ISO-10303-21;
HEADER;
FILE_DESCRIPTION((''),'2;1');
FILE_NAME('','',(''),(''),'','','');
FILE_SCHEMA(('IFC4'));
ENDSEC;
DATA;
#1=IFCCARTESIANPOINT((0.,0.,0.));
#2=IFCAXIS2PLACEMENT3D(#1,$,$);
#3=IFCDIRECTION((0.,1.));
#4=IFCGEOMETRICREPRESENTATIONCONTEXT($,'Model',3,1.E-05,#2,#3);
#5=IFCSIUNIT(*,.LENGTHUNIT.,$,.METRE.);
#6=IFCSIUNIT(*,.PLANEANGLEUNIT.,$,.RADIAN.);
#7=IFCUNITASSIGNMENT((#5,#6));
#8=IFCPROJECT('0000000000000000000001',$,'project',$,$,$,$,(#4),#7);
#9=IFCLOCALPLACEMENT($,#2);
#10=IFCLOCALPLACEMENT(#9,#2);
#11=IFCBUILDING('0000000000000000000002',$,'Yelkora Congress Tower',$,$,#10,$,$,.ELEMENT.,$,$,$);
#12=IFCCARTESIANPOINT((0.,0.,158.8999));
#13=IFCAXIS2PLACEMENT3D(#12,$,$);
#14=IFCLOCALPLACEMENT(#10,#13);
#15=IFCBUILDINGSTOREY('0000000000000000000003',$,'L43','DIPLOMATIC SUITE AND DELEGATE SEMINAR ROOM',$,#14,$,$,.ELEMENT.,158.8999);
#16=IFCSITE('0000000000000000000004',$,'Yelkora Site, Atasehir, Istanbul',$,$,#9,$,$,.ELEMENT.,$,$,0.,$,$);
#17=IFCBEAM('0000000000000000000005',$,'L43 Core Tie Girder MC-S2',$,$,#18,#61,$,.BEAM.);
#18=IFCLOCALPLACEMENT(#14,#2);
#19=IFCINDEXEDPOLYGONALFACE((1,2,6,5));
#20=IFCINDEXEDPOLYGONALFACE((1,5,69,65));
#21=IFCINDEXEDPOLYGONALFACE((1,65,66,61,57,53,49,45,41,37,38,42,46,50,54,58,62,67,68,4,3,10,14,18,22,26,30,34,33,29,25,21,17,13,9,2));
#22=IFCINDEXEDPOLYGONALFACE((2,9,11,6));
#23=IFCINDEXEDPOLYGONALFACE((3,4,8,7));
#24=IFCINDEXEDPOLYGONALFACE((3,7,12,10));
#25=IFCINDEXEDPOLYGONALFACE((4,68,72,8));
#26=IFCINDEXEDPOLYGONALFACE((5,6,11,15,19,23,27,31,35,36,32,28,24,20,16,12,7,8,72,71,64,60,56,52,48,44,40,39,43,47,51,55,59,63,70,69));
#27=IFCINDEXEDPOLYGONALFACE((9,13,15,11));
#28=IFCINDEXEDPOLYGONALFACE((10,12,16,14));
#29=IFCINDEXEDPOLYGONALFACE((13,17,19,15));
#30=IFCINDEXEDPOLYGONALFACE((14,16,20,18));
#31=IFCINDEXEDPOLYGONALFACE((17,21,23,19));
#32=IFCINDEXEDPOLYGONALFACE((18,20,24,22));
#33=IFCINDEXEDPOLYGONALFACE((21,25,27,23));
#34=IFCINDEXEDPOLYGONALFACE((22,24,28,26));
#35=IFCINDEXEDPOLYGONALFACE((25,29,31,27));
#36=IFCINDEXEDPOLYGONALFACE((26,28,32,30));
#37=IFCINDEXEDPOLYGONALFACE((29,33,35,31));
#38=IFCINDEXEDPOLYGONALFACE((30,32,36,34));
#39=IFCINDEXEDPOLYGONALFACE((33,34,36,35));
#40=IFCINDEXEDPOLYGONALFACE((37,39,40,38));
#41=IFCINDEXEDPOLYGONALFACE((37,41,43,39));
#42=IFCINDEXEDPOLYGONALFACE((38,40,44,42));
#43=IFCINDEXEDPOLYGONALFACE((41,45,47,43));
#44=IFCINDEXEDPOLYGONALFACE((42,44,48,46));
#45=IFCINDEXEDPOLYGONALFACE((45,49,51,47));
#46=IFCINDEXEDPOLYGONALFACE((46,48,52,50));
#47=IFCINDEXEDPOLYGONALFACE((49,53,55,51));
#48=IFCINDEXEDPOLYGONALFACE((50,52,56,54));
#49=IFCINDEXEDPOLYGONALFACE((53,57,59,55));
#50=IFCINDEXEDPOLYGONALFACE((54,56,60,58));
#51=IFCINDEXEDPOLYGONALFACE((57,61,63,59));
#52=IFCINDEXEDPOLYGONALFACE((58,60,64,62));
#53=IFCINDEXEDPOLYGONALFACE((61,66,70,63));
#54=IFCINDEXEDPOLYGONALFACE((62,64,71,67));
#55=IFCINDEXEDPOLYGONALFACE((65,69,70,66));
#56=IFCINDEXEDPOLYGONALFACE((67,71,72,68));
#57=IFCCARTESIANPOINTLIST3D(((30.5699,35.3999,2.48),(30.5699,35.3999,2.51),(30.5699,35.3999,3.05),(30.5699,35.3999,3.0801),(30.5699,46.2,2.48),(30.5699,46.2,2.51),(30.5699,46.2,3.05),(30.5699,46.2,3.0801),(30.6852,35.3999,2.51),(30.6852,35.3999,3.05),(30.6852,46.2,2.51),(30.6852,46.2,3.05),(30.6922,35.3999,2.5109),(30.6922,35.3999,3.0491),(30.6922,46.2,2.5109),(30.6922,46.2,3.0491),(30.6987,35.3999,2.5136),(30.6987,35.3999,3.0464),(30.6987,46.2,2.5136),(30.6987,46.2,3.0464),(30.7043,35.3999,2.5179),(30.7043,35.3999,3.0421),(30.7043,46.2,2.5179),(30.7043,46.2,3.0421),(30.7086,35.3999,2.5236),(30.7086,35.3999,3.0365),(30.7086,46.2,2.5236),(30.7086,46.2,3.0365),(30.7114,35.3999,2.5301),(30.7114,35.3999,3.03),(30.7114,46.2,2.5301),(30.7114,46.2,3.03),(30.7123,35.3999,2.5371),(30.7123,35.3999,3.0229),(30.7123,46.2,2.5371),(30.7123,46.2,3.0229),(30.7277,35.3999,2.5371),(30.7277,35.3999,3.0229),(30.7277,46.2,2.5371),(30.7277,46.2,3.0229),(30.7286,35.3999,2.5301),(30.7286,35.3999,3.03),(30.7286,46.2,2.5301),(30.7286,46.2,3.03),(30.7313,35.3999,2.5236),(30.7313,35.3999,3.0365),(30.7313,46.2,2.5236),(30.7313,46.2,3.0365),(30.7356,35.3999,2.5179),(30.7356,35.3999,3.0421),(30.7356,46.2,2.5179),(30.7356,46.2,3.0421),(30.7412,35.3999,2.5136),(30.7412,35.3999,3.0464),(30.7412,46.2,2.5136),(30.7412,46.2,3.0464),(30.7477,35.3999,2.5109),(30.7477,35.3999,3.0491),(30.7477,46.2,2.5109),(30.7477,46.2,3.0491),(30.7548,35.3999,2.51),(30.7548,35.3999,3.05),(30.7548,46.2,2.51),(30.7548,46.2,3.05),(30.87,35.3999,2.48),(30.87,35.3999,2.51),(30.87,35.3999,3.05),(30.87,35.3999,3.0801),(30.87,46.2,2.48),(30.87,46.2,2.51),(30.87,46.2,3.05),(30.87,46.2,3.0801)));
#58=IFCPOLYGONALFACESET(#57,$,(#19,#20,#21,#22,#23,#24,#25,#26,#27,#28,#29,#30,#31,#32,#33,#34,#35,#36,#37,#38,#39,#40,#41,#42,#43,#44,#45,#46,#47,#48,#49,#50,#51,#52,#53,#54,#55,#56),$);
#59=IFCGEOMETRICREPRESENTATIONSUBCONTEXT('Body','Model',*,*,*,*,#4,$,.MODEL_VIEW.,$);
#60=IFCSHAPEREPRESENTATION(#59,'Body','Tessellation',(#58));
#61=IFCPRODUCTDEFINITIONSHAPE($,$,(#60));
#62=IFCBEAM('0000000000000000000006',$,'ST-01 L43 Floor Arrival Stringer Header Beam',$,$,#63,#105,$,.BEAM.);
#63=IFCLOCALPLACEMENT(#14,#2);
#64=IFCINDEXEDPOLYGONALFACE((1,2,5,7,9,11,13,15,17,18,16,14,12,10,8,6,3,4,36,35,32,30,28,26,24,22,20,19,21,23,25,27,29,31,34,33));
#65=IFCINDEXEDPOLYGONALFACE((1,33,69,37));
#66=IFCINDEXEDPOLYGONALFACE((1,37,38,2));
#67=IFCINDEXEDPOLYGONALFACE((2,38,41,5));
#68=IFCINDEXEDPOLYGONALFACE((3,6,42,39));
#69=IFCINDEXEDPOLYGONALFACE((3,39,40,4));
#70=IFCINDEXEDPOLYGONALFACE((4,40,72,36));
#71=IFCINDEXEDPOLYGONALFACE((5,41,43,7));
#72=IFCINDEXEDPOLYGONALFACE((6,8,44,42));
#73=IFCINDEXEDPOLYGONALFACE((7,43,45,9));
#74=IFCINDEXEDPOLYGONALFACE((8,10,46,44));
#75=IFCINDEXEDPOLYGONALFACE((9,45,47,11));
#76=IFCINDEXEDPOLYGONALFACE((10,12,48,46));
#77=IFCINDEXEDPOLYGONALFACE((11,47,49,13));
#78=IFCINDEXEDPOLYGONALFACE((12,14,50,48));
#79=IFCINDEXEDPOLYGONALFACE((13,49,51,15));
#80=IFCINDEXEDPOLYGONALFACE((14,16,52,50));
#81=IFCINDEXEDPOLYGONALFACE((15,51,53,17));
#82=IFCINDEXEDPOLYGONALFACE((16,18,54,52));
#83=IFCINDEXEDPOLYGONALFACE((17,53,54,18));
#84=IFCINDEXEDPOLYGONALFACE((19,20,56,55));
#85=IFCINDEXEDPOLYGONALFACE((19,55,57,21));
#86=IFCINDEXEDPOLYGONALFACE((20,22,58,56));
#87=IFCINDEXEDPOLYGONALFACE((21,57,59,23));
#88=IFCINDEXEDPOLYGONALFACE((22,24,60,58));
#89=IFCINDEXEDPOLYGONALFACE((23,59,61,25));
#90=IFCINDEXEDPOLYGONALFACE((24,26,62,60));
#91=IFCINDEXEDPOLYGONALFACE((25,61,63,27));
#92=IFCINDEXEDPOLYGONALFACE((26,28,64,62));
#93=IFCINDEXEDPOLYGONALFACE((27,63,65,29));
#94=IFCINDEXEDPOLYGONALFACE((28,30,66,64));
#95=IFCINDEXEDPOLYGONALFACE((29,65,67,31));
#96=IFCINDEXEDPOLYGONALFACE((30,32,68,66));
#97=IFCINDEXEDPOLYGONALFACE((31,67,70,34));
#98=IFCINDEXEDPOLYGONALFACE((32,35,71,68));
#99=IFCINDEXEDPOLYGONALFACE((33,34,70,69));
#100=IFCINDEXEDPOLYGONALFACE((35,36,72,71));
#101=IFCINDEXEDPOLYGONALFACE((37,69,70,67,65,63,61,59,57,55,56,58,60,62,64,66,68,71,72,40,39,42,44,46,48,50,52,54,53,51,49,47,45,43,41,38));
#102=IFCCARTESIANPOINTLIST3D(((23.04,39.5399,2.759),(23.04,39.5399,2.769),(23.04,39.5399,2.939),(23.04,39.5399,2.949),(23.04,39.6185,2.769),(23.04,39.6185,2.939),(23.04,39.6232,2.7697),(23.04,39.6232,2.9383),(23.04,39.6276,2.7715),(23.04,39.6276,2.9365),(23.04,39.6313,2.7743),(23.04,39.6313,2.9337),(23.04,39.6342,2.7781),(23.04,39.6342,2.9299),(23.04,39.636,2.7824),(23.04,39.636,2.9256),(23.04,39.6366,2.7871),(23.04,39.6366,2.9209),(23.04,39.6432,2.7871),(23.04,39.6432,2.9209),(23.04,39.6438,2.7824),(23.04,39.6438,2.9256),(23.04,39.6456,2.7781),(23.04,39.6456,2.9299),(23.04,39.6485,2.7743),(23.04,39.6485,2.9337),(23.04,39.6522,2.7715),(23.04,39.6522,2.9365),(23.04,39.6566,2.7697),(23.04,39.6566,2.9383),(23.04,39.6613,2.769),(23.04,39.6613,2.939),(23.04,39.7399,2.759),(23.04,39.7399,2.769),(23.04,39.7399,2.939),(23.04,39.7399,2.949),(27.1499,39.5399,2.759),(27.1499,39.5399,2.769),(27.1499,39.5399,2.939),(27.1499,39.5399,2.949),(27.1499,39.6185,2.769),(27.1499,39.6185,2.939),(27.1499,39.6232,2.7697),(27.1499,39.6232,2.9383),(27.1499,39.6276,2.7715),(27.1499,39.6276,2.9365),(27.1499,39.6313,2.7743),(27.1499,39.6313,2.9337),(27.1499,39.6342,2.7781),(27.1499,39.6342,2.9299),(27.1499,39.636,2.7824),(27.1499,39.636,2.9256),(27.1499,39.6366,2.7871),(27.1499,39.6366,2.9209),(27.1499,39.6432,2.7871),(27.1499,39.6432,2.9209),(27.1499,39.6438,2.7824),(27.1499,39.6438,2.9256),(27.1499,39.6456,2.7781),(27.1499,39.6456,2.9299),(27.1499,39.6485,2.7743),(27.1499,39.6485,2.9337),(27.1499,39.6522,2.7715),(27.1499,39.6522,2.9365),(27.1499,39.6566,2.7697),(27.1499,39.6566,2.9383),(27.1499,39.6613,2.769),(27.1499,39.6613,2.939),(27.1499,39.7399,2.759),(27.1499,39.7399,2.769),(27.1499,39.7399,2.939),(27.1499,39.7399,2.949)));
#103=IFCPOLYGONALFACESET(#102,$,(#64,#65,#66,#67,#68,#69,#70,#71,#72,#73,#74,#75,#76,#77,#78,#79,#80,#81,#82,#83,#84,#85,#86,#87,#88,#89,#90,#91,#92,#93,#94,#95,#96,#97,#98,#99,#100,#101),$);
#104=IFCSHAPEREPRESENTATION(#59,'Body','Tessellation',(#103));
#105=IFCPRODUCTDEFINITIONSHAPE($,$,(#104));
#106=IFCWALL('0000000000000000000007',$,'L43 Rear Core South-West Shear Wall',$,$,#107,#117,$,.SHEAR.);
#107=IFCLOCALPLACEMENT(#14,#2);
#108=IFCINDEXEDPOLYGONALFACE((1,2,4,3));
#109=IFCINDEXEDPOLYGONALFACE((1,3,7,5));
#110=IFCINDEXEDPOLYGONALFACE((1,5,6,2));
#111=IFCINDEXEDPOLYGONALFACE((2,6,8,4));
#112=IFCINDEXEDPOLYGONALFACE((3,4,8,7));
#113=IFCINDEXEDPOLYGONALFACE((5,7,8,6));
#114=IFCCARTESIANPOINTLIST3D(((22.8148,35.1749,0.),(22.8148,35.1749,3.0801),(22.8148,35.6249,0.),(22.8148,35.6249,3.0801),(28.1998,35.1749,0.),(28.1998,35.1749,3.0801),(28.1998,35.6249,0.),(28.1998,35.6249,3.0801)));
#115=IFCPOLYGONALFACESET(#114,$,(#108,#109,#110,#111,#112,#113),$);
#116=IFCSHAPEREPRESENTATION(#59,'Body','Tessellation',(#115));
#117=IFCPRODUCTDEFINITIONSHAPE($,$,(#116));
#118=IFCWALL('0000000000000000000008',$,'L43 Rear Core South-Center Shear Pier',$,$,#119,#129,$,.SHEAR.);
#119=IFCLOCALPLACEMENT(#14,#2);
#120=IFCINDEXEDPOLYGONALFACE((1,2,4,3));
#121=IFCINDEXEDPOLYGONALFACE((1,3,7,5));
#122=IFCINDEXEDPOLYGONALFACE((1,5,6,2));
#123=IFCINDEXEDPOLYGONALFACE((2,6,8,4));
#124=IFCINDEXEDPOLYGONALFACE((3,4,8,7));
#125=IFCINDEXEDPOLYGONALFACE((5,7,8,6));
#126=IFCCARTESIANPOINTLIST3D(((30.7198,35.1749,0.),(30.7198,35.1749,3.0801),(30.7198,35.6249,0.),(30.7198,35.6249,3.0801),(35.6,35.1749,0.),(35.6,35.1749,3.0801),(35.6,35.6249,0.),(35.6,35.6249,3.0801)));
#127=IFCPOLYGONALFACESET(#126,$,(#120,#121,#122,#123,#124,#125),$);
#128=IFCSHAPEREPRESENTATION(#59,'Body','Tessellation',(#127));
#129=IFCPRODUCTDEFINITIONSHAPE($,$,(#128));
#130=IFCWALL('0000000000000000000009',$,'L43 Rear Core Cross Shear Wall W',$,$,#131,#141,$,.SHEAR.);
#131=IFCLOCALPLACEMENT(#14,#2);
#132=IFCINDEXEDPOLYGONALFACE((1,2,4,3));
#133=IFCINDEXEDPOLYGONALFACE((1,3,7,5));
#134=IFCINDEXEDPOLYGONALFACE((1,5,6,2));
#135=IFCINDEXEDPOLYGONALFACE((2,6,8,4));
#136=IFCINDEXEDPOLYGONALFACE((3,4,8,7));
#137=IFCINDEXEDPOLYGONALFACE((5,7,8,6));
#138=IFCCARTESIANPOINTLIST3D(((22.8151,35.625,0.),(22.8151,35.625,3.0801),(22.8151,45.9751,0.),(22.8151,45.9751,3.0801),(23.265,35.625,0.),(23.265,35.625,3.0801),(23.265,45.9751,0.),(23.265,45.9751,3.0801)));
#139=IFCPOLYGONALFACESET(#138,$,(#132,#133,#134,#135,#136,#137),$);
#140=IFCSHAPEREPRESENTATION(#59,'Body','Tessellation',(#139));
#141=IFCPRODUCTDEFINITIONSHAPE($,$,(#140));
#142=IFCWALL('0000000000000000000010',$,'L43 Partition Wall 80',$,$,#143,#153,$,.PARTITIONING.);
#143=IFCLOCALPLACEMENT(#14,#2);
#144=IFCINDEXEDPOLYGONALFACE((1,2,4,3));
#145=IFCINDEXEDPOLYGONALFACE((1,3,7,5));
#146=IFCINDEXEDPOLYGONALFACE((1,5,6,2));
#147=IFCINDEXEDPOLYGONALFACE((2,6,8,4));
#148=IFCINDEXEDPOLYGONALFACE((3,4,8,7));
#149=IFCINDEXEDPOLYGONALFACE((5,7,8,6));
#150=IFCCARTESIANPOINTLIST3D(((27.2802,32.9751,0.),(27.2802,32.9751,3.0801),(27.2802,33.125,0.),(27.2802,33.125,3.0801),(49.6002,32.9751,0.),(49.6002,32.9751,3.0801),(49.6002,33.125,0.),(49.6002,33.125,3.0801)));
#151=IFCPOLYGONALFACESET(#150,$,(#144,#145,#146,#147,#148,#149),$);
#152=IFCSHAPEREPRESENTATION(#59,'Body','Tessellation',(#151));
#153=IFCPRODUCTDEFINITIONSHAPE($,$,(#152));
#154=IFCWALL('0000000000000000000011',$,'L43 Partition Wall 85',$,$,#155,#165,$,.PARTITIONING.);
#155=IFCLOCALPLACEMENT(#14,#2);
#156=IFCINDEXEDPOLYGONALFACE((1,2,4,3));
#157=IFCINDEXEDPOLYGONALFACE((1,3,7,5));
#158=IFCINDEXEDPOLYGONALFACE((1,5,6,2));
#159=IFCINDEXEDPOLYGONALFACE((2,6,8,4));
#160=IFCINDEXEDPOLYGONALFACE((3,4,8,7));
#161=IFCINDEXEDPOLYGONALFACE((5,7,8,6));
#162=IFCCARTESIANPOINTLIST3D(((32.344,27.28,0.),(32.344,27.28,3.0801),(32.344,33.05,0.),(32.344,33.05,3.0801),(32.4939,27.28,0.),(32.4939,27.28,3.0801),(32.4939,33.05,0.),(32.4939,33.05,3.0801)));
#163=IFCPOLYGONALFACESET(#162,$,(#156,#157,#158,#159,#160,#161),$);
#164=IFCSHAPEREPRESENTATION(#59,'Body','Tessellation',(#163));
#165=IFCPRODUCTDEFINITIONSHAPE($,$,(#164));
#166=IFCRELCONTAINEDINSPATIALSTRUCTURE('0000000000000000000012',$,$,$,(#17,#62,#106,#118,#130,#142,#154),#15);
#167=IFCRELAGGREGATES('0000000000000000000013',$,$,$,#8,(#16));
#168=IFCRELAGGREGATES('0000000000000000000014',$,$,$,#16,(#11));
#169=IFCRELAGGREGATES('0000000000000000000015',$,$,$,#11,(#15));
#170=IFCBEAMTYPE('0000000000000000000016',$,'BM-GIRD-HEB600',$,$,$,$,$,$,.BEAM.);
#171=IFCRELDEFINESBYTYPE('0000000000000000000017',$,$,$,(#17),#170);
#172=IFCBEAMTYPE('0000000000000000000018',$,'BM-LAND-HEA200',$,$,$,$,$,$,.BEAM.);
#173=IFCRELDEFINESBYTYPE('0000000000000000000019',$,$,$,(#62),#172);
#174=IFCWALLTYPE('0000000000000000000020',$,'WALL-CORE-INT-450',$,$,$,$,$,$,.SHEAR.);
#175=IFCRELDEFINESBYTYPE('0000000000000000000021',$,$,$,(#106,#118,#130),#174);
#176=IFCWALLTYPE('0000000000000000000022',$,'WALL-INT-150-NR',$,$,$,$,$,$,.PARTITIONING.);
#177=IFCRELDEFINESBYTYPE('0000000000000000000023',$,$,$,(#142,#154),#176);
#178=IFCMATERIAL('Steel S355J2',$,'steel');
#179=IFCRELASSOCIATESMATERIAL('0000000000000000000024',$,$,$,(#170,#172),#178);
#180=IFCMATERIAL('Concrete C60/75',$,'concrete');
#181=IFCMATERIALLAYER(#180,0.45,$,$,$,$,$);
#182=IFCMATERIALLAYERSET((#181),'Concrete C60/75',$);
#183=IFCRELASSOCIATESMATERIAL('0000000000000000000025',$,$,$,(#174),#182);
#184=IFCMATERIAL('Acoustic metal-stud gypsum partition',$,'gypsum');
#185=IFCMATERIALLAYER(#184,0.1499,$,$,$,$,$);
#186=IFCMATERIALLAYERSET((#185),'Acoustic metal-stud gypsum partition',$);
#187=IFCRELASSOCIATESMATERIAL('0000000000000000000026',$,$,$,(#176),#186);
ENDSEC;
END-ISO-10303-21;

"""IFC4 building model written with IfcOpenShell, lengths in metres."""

from ifc_helpers import new_model, si_unit, direction, frame, frame_2d, origin, origin_2d, place, context, subcontext, project, spatial, rectangle, i_section, extrude, material, layer, layer_set, material_profile, profile_set, type_object, element, save


model = new_model("IFC4")

# Units and contexts
model_context = context("Model", 3, precision=1e-05, world=origin(), true_north=direction((0.0, 1.0)))
body_context = subcontext(model_context, "Body", "Model", "MODEL_VIEW")
ifc_project = project(units=[si_unit("LENGTHUNIT", "METRE"), si_unit("PLANEANGLEUNIT", "RADIAN")], contexts=[model_context])

# Site, building, storey
site_placement = place(None, origin())
site = spatial("IfcSite", under=ifc_project, at=site_placement, Name="Yelkora Site, Atasehir, Istanbul", CompositionType="ELEMENT", RefElevation=0.0)
building_placement = place(site_placement, origin())
building = spatial("IfcBuilding", under=site, at=building_placement, Name="Yelkora Congress Tower", CompositionType="ELEMENT")
storey_placement = place(building_placement, frame((0.0, 0.0, 158.8999)))
storey = spatial("IfcBuildingStorey", under=building, at=storey_placement, Name="L43", Description="DIPLOMATIC SUITE AND DELEGATE SEMINAR ROOM", CompositionType="ELEMENT", Elevation=158.8999)

# Beams
ifc_material_1 = material(Name="Steel S355J2", Category="steel")
ifc_material_profile_1 = material_profile(ifc_material_1, i_section(OverallWidth=0.3, OverallDepth=0.6001, WebThickness=0.0154, FlangeThickness=0.03, FilletRadius=0.0271, at=origin_2d()), Name="HEB 600")
ifc_profile_set_1 = profile_set([ifc_material_profile_1], Name="Steel S355J2")
beam_type_1 = type_object("IfcBeamType", Name="BM-GIRD-HEB600", PredefinedType="BEAM", material=ifc_profile_set_1)
beam_1_placement = place(storey_placement, frame((30.72, 35.3999, 2.78), z_axis=(0.0, 1.0, 0.0), x_axis=(-1.0, 0.0, 0.0)))
element("IfcBeam", 1, at=beam_1_placement, inside=storey, type_object=beam_type_1, Name="L43 Core Tie Girder MC-S2", PredefinedType="BEAM", context=body_context, shape_type="SweptSolid", body=[
    extrude(i_section(OverallWidth=0.3, OverallDepth=0.6001, WebThickness=0.0154, FlangeThickness=0.03, FilletRadius=0.0271, at=origin_2d()), origin(), (0.0, 0.0, 1.0), 10.8),
])
ifc_material_profile_2 = material_profile(ifc_material_1, i_section(OverallWidth=0.2, OverallDepth=0.1899, WebThickness=0.0066, FlangeThickness=0.01, FilletRadius=0.0181, at=origin_2d()), Name="HEA 200")
ifc_profile_set_2 = profile_set([ifc_material_profile_2], Name="Steel S355J2")
beam_type_2 = type_object("IfcBeamType", Name="BM-LAND-HEA200", PredefinedType="BEAM", material=ifc_profile_set_2)
beam_2_placement = place(storey_placement, frame((23.04, 39.6399, 2.854), z_axis=(1.0, 0.0, 0.0), x_axis=(0.0, 1.0, 0.0)))
element("IfcBeam", 2, at=beam_2_placement, inside=storey, type_object=beam_type_2, Name="ST-01 L43 Floor Arrival Stringer Header Beam", PredefinedType="BEAM", context=body_context, shape_type="SweptSolid", body=[
    extrude(i_section(OverallWidth=0.2, OverallDepth=0.1899, WebThickness=0.0066, FlangeThickness=0.01, FilletRadius=0.0181, at=origin_2d()), origin(), (0.0, 0.0, 1.0), 4.1099),
])

# Walls
ifc_material_2 = material(Name="Concrete C60/75", Category="concrete")
ifc_layer_1 = layer(ifc_material_2, 0.45)
ifc_layer_set_1 = layer_set([ifc_layer_1], Name="Concrete C60/75")
wall_type_1 = type_object("IfcWallType", Name="WALL-CORE-INT-450", PredefinedType="SHEAR", material=ifc_layer_set_1)
wall_1_placement = place(storey_placement, frame((22.8149, 35.3999, 0.0), z_axis=(0.0, 0.0, 1.0), x_axis=(1.0, 0.0, 0.0)))
element("IfcWall", 3, at=wall_1_placement, inside=storey, type_object=wall_type_1, Name="L43 Rear Core South-West Shear Wall", PredefinedType="SHEAR", context=body_context, shape_type="SweptSolid", body=[
    extrude(rectangle(XDim=5.385, YDim=0.45, at=frame_2d((2.6924, 0.0))), origin(), (0.0, 0.0, 1.0), 3.0801),
])
wall_2_placement = place(storey_placement, frame((30.72, 35.3999, 0.0), z_axis=(0.0, 0.0, 1.0), x_axis=(1.0, 0.0, 0.0)))
element("IfcWall", 4, at=wall_2_placement, inside=storey, type_object=wall_type_1, Name="L43 Rear Core South-Center Shear Pier", PredefinedType="SHEAR", context=body_context, shape_type="SweptSolid", body=[
    extrude(rectangle(XDim=4.8801, YDim=0.45, at=frame_2d((2.4399, 0.0))), origin(), (0.0, 0.0, 1.0), 3.0801),
])
wall_3_placement = place(storey_placement, frame((23.04, 35.625, 0.0), z_axis=(0.0, 0.0, 1.0), x_axis=(0.0, 1.0, 0.0)))
element("IfcWall", 5, at=wall_3_placement, inside=storey, type_object=wall_type_1, Name="L43 Rear Core Cross Shear Wall W", PredefinedType="SHEAR", context=body_context, shape_type="SweptSolid", body=[
    extrude(rectangle(XDim=10.3501, YDim=0.45, at=frame_2d((5.175, 0.0))), origin(), (0.0, 0.0, 1.0), 3.0801),
])

# Walls
ifc_material_3 = material(Name="Acoustic metal-stud gypsum partition", Category="gypsum")
ifc_layer_2 = layer(ifc_material_3, 0.1499)
ifc_layer_set_2 = layer_set([ifc_layer_2], Name="Acoustic metal-stud gypsum partition")
wall_type_2 = type_object("IfcWallType", Name="WALL-INT-150-NR", PredefinedType="PARTITIONING", material=ifc_layer_set_2)
wall_4_placement = place(storey_placement, frame((27.28, 33.05, 0.0), z_axis=(0.0, 0.0, 1.0), x_axis=(1.0, 0.0, 0.0)))
element("IfcWall", 6, at=wall_4_placement, inside=storey, type_object=wall_type_2, Name="L43 Partition Wall 80", PredefinedType="PARTITIONING", context=body_context, shape_type="SweptSolid", body=[
    extrude(rectangle(XDim=22.3201, YDim=0.1499, at=frame_2d((11.1602, 0.0))), origin(), (0.0, 0.0, 1.0), 3.0801),
])
wall_5_placement = place(storey_placement, frame((32.4189, 27.28, 0.0), z_axis=(0.0, 0.0, 1.0), x_axis=(0.0, 1.0, 0.0)))
element("IfcWall", 7, at=wall_5_placement, inside=storey, type_object=wall_type_2, Name="L43 Partition Wall 85", PredefinedType="PARTITIONING", context=body_context, shape_type="SweptSolid", body=[
    extrude(rectangle(XDim=5.77, YDim=0.1499, at=frame_2d((2.885, 0.0))), origin(), (0.0, 0.0, 1.0), 3.0801),
])

save(model, "model.ifc")
